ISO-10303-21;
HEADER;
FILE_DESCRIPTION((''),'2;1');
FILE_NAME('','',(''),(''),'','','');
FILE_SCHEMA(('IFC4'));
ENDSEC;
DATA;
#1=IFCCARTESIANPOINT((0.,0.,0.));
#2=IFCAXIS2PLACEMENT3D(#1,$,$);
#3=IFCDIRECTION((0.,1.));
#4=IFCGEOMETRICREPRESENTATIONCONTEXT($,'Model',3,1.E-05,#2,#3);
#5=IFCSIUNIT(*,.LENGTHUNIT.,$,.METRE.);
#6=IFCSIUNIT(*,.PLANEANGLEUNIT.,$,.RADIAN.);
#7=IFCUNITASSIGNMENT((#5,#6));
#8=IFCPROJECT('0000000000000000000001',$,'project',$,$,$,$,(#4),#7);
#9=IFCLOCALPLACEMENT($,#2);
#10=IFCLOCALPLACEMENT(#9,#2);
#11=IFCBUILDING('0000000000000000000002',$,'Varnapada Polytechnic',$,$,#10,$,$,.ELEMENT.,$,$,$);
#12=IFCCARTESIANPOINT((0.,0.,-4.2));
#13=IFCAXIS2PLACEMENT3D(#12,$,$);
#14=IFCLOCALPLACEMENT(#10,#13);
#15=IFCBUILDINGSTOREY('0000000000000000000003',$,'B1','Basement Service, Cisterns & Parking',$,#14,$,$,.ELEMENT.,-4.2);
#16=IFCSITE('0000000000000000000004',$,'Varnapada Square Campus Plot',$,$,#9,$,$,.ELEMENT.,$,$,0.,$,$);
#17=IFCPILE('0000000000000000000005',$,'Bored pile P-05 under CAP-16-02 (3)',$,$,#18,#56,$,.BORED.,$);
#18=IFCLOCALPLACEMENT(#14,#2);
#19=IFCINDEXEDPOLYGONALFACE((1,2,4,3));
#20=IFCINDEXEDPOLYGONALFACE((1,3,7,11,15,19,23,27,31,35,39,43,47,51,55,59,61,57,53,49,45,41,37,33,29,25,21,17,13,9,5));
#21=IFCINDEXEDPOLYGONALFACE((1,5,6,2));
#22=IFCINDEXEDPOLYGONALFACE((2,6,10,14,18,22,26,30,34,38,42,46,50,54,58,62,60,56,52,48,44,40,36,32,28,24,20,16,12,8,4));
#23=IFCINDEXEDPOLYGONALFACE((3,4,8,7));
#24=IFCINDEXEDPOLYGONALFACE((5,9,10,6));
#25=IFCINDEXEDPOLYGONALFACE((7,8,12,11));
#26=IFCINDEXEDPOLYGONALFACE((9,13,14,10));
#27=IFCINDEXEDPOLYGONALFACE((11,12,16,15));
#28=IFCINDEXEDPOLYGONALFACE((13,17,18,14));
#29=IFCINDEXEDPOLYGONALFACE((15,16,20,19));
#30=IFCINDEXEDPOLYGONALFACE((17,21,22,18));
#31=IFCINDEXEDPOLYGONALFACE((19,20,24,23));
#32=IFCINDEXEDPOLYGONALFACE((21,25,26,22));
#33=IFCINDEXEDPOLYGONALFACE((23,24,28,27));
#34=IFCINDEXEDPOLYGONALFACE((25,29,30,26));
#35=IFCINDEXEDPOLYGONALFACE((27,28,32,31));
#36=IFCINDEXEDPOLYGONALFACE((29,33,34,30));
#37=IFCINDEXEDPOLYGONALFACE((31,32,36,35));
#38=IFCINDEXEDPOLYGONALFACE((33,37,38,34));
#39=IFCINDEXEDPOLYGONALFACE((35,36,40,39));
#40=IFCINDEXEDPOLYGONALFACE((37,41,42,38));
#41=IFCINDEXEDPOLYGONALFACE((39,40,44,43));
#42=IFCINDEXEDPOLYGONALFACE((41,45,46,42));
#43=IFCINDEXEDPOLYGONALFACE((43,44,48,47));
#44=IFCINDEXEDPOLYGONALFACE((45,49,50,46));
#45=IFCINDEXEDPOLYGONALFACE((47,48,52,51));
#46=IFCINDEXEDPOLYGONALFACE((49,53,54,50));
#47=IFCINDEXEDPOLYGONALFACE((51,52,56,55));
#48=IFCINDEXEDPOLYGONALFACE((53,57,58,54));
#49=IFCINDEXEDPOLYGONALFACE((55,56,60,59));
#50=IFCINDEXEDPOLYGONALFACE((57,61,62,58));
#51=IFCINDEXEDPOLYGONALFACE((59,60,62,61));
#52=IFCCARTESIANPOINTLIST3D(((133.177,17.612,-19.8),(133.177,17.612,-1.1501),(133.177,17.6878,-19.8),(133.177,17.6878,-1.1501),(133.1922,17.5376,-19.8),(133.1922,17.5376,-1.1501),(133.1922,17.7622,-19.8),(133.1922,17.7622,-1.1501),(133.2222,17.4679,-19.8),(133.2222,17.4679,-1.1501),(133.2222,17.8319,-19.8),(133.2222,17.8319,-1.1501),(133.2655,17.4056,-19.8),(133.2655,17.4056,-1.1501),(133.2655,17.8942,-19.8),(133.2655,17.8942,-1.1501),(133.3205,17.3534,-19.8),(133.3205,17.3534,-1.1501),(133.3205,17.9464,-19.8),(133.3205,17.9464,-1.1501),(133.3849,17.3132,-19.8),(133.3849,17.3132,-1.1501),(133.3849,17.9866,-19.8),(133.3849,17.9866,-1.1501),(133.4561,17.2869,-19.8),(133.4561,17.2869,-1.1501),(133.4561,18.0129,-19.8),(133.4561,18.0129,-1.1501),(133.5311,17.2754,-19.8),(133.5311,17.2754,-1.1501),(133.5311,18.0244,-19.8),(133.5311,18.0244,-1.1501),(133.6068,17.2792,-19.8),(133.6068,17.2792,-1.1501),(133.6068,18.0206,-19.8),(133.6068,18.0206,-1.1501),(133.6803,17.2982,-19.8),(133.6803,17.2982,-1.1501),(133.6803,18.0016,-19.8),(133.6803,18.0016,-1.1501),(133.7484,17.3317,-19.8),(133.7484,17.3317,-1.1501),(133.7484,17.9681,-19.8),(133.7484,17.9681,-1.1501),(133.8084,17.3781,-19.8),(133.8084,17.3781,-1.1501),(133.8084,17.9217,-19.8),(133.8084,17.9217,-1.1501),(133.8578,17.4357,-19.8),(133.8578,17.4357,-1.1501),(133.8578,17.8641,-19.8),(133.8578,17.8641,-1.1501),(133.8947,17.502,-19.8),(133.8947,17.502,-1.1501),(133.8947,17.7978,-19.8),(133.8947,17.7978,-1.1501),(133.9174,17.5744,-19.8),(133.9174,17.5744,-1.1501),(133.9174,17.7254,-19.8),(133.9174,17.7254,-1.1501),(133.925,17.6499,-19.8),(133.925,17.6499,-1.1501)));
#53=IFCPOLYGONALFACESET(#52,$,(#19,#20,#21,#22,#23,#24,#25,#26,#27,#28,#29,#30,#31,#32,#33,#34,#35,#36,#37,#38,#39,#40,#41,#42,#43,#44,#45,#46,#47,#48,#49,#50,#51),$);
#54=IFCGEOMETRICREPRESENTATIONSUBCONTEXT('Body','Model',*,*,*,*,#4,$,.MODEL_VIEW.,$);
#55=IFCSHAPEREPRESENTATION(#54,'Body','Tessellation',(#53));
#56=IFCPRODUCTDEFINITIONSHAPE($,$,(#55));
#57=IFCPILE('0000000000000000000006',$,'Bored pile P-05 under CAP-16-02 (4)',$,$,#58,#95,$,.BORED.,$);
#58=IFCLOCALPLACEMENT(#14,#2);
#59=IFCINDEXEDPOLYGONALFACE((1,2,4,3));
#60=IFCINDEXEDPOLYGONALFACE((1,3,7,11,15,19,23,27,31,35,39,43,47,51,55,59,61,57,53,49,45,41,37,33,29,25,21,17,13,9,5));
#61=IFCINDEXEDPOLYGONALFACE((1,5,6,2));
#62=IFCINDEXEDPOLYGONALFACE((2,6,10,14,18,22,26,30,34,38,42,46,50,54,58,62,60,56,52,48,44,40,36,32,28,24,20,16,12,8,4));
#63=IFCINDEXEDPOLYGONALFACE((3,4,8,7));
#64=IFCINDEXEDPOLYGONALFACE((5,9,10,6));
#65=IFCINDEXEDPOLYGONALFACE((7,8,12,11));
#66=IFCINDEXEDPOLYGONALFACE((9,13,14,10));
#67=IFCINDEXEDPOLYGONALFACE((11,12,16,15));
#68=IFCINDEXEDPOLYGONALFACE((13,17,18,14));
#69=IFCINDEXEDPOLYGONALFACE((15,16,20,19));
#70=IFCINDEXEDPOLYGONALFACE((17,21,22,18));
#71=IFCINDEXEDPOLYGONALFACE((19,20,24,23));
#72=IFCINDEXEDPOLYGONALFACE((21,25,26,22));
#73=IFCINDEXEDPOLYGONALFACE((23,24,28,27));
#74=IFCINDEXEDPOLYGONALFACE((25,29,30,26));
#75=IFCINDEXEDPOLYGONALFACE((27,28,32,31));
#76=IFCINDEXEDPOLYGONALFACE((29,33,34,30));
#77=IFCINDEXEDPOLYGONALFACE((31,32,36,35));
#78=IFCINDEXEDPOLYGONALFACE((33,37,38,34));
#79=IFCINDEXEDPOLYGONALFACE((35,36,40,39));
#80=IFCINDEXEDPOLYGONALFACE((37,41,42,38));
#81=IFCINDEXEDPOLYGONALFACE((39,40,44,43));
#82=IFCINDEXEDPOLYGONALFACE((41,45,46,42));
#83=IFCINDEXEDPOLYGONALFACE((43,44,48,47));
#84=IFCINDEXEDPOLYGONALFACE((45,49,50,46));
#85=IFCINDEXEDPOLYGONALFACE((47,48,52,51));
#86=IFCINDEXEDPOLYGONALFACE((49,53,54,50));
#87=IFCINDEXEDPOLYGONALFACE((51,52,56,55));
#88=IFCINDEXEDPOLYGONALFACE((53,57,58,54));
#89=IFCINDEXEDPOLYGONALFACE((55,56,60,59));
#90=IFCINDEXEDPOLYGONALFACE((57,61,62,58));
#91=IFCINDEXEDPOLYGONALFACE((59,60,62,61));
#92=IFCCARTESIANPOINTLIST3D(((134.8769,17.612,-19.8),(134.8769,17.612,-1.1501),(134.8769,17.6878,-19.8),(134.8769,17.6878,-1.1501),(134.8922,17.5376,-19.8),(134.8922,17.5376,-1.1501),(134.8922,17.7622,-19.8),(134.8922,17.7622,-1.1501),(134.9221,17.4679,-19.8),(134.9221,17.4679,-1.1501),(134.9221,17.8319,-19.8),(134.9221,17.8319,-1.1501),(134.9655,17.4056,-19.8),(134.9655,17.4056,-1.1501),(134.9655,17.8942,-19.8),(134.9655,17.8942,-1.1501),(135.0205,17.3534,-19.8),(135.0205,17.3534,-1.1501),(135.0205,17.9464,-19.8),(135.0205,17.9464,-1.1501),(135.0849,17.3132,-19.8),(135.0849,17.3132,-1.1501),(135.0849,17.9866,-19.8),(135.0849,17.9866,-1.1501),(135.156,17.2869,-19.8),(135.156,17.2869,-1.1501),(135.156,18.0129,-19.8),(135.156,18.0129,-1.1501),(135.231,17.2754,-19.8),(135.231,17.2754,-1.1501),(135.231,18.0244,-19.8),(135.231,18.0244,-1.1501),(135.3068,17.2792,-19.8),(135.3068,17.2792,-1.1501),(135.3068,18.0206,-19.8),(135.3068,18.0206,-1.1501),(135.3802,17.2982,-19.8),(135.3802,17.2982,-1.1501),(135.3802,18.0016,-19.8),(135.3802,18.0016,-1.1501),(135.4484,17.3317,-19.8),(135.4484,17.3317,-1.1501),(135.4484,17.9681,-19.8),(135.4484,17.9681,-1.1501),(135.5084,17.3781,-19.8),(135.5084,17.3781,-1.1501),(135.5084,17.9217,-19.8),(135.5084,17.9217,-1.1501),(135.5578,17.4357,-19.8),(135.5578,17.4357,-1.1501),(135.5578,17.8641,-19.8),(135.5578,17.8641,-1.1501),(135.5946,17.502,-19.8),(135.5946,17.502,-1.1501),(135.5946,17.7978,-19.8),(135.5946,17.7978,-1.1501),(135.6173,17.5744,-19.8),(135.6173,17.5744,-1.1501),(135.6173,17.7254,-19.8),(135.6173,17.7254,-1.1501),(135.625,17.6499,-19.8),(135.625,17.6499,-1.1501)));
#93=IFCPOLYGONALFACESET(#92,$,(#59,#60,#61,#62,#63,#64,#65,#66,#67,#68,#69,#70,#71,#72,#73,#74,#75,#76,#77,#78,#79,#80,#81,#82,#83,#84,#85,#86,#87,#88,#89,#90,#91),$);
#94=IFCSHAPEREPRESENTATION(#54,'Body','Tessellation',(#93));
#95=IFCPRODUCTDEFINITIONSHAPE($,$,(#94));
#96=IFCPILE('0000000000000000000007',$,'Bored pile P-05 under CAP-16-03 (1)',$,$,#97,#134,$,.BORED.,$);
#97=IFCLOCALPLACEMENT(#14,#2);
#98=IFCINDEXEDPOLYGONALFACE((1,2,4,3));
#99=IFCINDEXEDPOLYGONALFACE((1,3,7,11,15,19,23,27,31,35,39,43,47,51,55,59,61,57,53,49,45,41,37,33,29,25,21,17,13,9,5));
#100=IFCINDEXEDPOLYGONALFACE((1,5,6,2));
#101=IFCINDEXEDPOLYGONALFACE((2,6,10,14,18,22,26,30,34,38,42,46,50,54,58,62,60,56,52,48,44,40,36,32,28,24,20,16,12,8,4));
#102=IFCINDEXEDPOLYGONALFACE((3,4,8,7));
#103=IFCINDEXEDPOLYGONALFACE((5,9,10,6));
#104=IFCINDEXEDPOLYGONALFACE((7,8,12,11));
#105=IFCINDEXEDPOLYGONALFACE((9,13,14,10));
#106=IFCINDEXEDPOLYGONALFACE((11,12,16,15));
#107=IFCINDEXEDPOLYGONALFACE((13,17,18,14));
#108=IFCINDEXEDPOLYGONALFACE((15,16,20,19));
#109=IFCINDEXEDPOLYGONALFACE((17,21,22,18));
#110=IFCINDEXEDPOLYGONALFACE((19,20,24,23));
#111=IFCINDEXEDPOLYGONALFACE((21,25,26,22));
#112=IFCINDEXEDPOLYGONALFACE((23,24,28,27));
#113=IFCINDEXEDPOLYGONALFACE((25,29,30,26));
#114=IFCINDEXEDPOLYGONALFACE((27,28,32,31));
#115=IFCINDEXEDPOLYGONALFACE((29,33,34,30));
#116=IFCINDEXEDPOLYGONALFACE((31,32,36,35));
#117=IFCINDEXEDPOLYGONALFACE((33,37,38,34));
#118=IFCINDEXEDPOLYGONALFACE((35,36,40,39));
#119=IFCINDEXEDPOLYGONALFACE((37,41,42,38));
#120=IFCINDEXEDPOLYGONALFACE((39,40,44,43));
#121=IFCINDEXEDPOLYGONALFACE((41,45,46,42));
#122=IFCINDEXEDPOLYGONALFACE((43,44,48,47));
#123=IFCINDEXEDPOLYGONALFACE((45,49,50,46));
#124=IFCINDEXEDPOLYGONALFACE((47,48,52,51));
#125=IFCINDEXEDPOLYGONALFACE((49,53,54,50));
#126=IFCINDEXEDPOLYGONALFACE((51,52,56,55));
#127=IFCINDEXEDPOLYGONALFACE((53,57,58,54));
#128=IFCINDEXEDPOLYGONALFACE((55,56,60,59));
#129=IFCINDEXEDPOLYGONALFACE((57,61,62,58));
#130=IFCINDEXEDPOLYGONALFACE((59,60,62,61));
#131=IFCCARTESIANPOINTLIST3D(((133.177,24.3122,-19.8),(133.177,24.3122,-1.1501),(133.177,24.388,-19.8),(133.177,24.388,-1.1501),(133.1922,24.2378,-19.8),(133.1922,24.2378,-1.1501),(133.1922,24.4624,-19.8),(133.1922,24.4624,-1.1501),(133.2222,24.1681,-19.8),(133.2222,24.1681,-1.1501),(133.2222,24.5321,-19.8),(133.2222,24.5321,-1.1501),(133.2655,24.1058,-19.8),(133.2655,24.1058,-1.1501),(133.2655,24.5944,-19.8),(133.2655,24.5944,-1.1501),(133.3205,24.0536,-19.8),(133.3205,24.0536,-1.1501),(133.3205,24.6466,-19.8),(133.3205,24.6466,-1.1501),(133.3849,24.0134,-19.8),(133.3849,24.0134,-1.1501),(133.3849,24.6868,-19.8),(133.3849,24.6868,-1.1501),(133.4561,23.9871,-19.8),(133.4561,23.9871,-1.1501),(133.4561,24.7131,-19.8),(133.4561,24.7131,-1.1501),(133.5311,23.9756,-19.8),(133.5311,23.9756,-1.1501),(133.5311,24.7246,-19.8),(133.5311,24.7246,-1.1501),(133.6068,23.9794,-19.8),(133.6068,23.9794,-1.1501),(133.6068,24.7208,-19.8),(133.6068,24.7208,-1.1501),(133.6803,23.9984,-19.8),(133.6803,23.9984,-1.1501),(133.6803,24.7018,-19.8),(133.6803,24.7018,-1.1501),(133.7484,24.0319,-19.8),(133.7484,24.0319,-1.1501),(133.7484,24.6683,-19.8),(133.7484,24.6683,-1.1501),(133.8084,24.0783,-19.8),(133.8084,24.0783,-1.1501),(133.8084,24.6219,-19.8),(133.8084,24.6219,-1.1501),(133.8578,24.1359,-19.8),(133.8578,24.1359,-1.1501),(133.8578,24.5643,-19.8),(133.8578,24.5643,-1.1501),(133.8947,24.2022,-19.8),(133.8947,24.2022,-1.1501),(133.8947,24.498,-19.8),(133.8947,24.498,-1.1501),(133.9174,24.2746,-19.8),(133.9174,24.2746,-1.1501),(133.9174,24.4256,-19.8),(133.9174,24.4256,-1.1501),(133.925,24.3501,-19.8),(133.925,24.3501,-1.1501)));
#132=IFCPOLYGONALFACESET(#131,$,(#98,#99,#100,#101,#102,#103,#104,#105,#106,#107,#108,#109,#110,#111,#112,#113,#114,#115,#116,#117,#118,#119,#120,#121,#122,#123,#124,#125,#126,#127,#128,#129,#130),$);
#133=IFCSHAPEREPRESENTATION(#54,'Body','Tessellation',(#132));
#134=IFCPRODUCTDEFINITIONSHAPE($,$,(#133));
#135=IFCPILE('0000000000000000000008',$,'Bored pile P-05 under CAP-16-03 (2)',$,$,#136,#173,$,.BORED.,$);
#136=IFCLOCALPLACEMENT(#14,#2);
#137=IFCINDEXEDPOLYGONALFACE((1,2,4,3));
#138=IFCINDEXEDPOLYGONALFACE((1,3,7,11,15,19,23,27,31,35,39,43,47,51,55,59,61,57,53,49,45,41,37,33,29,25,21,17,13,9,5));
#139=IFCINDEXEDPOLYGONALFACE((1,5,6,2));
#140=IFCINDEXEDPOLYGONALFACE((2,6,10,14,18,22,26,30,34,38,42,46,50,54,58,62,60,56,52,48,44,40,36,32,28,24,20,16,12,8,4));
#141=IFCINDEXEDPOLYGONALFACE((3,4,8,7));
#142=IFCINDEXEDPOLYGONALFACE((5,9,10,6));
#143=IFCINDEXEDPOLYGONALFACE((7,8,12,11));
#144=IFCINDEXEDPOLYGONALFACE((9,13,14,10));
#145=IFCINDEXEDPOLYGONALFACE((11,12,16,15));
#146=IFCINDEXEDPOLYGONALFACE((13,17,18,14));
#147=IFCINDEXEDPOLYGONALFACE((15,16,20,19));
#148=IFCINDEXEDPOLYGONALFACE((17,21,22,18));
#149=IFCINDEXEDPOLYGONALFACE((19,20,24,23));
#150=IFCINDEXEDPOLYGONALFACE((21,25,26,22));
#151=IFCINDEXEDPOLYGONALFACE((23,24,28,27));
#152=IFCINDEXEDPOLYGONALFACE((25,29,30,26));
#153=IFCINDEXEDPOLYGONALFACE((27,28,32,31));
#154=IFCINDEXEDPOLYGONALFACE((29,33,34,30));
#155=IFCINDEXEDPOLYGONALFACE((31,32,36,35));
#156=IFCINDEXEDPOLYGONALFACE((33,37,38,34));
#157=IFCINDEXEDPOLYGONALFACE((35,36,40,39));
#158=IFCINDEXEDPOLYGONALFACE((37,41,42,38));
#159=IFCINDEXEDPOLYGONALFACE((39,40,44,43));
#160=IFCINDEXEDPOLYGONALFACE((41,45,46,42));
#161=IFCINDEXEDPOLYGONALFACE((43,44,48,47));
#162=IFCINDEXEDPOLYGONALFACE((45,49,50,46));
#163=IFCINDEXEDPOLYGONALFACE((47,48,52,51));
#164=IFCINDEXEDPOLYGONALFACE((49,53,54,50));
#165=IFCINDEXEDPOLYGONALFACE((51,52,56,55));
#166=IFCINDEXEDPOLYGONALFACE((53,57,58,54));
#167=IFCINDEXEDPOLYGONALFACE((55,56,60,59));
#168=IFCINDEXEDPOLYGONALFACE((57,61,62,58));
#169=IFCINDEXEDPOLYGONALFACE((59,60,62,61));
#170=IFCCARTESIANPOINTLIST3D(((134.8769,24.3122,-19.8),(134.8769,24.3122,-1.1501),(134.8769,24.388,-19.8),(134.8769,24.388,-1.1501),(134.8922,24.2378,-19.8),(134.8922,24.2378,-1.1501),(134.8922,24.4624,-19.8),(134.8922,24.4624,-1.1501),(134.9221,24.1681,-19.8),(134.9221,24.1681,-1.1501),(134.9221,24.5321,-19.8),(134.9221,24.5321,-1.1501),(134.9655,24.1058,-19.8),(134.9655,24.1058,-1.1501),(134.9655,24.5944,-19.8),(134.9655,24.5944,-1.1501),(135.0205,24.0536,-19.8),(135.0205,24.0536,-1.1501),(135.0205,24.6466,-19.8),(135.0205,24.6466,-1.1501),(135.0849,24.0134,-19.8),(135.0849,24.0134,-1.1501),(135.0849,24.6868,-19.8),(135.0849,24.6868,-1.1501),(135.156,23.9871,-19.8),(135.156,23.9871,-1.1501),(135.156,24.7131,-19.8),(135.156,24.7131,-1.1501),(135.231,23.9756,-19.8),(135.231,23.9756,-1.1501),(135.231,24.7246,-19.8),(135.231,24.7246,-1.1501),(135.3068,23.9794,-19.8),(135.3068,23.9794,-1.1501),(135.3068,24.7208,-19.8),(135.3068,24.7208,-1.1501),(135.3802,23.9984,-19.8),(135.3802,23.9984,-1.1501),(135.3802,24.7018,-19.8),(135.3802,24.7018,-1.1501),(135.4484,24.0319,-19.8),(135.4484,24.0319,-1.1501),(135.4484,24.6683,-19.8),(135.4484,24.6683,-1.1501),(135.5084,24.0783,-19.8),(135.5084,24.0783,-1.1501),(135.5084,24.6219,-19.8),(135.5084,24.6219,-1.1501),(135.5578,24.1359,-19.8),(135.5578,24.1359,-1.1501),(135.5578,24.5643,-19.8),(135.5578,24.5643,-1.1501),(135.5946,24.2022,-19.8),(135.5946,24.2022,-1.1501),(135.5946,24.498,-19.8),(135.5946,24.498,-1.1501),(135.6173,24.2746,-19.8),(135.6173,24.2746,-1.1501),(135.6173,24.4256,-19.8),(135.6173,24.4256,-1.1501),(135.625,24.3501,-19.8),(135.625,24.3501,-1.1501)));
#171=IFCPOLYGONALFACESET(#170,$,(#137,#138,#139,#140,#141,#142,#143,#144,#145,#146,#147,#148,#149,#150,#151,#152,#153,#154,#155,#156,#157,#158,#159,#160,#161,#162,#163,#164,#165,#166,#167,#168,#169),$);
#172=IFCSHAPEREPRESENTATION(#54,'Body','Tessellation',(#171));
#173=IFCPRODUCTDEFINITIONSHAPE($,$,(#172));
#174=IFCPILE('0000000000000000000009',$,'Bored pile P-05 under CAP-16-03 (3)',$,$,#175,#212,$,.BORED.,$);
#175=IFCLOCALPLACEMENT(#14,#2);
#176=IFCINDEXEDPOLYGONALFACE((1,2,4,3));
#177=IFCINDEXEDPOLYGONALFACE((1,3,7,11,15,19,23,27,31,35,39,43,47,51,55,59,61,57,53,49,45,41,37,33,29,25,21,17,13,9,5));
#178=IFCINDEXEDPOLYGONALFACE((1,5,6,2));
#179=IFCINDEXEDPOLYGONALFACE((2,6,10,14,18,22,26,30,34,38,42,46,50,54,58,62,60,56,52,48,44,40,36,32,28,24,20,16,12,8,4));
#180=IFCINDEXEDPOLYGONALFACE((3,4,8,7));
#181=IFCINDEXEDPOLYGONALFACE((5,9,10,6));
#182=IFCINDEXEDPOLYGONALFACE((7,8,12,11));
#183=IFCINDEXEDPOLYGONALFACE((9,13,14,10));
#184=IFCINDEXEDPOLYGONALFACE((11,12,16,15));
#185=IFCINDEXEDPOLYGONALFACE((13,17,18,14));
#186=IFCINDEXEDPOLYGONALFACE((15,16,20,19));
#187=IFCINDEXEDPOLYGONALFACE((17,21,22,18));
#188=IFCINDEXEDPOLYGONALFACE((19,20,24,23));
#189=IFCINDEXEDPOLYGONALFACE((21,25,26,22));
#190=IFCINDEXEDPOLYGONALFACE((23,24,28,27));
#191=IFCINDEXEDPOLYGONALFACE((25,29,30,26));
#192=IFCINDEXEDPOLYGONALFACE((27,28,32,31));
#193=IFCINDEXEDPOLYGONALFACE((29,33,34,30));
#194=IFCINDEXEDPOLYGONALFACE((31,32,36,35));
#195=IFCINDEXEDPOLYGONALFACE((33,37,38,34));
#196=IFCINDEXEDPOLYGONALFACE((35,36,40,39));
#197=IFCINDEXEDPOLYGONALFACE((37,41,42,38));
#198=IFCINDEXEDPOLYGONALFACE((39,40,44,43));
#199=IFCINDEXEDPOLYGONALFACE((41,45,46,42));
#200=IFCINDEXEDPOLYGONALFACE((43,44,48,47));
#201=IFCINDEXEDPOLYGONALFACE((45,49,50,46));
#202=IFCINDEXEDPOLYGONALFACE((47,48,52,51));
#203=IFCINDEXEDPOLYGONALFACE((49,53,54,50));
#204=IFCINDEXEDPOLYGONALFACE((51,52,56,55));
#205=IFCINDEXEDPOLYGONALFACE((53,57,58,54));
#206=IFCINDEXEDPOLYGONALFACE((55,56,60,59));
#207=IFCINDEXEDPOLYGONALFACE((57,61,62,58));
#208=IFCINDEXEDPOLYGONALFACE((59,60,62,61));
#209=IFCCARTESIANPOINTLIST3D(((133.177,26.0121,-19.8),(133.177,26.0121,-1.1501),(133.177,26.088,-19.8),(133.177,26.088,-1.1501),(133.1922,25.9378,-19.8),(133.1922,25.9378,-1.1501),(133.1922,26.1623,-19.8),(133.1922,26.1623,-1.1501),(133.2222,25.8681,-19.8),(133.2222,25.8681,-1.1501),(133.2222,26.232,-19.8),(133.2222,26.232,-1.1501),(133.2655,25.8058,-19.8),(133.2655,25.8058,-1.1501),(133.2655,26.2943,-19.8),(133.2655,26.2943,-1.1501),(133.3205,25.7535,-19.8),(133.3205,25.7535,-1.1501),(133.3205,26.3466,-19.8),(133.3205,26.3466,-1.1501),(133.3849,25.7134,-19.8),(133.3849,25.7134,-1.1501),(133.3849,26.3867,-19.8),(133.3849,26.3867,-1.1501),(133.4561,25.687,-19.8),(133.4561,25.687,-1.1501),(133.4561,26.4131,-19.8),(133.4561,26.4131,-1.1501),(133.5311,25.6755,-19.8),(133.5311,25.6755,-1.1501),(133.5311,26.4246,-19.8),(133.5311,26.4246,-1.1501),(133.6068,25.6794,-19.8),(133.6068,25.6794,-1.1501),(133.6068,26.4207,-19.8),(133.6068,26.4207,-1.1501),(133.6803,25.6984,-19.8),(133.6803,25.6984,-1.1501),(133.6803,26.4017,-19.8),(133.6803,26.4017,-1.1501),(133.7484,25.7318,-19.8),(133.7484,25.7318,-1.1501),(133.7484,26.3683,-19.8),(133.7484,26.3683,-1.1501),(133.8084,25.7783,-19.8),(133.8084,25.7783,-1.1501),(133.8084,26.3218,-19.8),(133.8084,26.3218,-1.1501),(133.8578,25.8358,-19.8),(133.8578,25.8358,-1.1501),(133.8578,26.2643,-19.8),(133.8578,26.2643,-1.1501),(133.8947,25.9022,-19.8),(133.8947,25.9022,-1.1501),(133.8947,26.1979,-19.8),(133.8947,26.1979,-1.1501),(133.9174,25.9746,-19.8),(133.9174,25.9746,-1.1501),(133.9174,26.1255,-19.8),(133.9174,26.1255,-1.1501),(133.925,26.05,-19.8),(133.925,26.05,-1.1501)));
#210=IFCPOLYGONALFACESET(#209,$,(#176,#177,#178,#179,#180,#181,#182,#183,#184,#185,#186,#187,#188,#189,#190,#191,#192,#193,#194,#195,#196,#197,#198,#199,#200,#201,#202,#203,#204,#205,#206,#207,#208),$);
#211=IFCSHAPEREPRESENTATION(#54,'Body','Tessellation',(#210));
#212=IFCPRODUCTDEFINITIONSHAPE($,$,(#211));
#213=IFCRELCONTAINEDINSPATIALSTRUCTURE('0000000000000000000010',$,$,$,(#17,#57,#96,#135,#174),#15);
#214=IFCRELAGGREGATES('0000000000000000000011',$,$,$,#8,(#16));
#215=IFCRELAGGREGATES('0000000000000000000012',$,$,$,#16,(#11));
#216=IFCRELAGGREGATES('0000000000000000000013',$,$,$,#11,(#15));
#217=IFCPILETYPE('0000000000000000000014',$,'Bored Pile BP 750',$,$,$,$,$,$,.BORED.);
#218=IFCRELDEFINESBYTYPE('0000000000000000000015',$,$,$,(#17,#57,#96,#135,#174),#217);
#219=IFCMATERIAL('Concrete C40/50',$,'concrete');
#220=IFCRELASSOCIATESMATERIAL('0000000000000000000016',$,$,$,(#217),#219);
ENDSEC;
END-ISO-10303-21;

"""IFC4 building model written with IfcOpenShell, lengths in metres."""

from ifc_helpers import new_model, si_unit, direction, frame, origin, origin_2d, place, context, subcontext, project, spatial, circle, extrude, material, material_profile, profile_set, type_object, element, save


model = new_model("IFC4")

# Units and contexts
model_context = context("Model", 3, precision=1e-05, world=origin(), true_north=direction((0.0, 1.0)))
body_context = subcontext(model_context, "Body", "Model", "MODEL_VIEW")
ifc_project = project(units=[si_unit("LENGTHUNIT", "METRE"), si_unit("PLANEANGLEUNIT", "RADIAN")], contexts=[model_context])

# Site, building, storey
site_placement = place(None, origin())
site = spatial("IfcSite", under=ifc_project, at=site_placement, Name="Varnapada Square Campus Plot", CompositionType="ELEMENT", RefElevation=0.0)
building_placement = place(site_placement, origin())
building = spatial("IfcBuilding", under=site, at=building_placement, Name="Varnapada Polytechnic", CompositionType="ELEMENT")
storey_placement = place(building_placement, frame((0.0, 0.0, -4.2)))
storey = spatial("IfcBuildingStorey", under=building, at=storey_placement, Name="B1", Description="Basement Service, Cisterns & Parking", CompositionType="ELEMENT", Elevation=-4.2)

# Piles
ifc_material_1 = material(Name="Concrete C40/50", Category="concrete")
ifc_material_profile_1 = material_profile(ifc_material_1, circle(Radius=0.375, at=origin_2d()), Name="BP 750")
ifc_profile_set_1 = profile_set([ifc_material_profile_1], Name="Concrete C40/50")
pile_type = type_object("IfcPileType", Name="Bored Pile BP 750", PredefinedType="BORED", material=ifc_profile_set_1)
for number, where, z_axis, x_axis, name in (
    (1, (133.55, 17.6499, -1.1501), (0.0, 0.0, -1.0), (1.0, 0.0, 0.0), "Bored pile P-05 under CAP-16-02 (3)"),
    (2, (135.25, 17.6499, -1.1501), (0.0, 0.0, -1.0), (1.0, 0.0, 0.0), "Bored pile P-05 under CAP-16-02 (4)"),
    (3, (133.55, 24.3501, -1.1501), (0.0, 0.0, -1.0), (1.0, 0.0, 0.0), "Bored pile P-05 under CAP-16-03 (1)"),
    (4, (135.25, 24.3501, -1.1501), (0.0, 0.0, -1.0), (1.0, 0.0, 0.0), "Bored pile P-05 under CAP-16-03 (2)"),
    (5, (133.55, 26.05, -1.1501), (0.0, 0.0, -1.0), (1.0, 0.0, 0.0), "Bored pile P-05 under CAP-16-03 (3)"),
):
    element("IfcPile", number, at=place(storey_placement, frame(where, z_axis=z_axis, x_axis=x_axis)), inside=storey, type_object=pile_type, Name=name, PredefinedType="BORED", context=body_context, shape_type="SweptSolid", body=[
        extrude(circle(Radius=0.375, at=origin_2d()), origin(), (0.0, 0.0, 1.0), 18.6499),
    ])

save(model, "model.ifc")
